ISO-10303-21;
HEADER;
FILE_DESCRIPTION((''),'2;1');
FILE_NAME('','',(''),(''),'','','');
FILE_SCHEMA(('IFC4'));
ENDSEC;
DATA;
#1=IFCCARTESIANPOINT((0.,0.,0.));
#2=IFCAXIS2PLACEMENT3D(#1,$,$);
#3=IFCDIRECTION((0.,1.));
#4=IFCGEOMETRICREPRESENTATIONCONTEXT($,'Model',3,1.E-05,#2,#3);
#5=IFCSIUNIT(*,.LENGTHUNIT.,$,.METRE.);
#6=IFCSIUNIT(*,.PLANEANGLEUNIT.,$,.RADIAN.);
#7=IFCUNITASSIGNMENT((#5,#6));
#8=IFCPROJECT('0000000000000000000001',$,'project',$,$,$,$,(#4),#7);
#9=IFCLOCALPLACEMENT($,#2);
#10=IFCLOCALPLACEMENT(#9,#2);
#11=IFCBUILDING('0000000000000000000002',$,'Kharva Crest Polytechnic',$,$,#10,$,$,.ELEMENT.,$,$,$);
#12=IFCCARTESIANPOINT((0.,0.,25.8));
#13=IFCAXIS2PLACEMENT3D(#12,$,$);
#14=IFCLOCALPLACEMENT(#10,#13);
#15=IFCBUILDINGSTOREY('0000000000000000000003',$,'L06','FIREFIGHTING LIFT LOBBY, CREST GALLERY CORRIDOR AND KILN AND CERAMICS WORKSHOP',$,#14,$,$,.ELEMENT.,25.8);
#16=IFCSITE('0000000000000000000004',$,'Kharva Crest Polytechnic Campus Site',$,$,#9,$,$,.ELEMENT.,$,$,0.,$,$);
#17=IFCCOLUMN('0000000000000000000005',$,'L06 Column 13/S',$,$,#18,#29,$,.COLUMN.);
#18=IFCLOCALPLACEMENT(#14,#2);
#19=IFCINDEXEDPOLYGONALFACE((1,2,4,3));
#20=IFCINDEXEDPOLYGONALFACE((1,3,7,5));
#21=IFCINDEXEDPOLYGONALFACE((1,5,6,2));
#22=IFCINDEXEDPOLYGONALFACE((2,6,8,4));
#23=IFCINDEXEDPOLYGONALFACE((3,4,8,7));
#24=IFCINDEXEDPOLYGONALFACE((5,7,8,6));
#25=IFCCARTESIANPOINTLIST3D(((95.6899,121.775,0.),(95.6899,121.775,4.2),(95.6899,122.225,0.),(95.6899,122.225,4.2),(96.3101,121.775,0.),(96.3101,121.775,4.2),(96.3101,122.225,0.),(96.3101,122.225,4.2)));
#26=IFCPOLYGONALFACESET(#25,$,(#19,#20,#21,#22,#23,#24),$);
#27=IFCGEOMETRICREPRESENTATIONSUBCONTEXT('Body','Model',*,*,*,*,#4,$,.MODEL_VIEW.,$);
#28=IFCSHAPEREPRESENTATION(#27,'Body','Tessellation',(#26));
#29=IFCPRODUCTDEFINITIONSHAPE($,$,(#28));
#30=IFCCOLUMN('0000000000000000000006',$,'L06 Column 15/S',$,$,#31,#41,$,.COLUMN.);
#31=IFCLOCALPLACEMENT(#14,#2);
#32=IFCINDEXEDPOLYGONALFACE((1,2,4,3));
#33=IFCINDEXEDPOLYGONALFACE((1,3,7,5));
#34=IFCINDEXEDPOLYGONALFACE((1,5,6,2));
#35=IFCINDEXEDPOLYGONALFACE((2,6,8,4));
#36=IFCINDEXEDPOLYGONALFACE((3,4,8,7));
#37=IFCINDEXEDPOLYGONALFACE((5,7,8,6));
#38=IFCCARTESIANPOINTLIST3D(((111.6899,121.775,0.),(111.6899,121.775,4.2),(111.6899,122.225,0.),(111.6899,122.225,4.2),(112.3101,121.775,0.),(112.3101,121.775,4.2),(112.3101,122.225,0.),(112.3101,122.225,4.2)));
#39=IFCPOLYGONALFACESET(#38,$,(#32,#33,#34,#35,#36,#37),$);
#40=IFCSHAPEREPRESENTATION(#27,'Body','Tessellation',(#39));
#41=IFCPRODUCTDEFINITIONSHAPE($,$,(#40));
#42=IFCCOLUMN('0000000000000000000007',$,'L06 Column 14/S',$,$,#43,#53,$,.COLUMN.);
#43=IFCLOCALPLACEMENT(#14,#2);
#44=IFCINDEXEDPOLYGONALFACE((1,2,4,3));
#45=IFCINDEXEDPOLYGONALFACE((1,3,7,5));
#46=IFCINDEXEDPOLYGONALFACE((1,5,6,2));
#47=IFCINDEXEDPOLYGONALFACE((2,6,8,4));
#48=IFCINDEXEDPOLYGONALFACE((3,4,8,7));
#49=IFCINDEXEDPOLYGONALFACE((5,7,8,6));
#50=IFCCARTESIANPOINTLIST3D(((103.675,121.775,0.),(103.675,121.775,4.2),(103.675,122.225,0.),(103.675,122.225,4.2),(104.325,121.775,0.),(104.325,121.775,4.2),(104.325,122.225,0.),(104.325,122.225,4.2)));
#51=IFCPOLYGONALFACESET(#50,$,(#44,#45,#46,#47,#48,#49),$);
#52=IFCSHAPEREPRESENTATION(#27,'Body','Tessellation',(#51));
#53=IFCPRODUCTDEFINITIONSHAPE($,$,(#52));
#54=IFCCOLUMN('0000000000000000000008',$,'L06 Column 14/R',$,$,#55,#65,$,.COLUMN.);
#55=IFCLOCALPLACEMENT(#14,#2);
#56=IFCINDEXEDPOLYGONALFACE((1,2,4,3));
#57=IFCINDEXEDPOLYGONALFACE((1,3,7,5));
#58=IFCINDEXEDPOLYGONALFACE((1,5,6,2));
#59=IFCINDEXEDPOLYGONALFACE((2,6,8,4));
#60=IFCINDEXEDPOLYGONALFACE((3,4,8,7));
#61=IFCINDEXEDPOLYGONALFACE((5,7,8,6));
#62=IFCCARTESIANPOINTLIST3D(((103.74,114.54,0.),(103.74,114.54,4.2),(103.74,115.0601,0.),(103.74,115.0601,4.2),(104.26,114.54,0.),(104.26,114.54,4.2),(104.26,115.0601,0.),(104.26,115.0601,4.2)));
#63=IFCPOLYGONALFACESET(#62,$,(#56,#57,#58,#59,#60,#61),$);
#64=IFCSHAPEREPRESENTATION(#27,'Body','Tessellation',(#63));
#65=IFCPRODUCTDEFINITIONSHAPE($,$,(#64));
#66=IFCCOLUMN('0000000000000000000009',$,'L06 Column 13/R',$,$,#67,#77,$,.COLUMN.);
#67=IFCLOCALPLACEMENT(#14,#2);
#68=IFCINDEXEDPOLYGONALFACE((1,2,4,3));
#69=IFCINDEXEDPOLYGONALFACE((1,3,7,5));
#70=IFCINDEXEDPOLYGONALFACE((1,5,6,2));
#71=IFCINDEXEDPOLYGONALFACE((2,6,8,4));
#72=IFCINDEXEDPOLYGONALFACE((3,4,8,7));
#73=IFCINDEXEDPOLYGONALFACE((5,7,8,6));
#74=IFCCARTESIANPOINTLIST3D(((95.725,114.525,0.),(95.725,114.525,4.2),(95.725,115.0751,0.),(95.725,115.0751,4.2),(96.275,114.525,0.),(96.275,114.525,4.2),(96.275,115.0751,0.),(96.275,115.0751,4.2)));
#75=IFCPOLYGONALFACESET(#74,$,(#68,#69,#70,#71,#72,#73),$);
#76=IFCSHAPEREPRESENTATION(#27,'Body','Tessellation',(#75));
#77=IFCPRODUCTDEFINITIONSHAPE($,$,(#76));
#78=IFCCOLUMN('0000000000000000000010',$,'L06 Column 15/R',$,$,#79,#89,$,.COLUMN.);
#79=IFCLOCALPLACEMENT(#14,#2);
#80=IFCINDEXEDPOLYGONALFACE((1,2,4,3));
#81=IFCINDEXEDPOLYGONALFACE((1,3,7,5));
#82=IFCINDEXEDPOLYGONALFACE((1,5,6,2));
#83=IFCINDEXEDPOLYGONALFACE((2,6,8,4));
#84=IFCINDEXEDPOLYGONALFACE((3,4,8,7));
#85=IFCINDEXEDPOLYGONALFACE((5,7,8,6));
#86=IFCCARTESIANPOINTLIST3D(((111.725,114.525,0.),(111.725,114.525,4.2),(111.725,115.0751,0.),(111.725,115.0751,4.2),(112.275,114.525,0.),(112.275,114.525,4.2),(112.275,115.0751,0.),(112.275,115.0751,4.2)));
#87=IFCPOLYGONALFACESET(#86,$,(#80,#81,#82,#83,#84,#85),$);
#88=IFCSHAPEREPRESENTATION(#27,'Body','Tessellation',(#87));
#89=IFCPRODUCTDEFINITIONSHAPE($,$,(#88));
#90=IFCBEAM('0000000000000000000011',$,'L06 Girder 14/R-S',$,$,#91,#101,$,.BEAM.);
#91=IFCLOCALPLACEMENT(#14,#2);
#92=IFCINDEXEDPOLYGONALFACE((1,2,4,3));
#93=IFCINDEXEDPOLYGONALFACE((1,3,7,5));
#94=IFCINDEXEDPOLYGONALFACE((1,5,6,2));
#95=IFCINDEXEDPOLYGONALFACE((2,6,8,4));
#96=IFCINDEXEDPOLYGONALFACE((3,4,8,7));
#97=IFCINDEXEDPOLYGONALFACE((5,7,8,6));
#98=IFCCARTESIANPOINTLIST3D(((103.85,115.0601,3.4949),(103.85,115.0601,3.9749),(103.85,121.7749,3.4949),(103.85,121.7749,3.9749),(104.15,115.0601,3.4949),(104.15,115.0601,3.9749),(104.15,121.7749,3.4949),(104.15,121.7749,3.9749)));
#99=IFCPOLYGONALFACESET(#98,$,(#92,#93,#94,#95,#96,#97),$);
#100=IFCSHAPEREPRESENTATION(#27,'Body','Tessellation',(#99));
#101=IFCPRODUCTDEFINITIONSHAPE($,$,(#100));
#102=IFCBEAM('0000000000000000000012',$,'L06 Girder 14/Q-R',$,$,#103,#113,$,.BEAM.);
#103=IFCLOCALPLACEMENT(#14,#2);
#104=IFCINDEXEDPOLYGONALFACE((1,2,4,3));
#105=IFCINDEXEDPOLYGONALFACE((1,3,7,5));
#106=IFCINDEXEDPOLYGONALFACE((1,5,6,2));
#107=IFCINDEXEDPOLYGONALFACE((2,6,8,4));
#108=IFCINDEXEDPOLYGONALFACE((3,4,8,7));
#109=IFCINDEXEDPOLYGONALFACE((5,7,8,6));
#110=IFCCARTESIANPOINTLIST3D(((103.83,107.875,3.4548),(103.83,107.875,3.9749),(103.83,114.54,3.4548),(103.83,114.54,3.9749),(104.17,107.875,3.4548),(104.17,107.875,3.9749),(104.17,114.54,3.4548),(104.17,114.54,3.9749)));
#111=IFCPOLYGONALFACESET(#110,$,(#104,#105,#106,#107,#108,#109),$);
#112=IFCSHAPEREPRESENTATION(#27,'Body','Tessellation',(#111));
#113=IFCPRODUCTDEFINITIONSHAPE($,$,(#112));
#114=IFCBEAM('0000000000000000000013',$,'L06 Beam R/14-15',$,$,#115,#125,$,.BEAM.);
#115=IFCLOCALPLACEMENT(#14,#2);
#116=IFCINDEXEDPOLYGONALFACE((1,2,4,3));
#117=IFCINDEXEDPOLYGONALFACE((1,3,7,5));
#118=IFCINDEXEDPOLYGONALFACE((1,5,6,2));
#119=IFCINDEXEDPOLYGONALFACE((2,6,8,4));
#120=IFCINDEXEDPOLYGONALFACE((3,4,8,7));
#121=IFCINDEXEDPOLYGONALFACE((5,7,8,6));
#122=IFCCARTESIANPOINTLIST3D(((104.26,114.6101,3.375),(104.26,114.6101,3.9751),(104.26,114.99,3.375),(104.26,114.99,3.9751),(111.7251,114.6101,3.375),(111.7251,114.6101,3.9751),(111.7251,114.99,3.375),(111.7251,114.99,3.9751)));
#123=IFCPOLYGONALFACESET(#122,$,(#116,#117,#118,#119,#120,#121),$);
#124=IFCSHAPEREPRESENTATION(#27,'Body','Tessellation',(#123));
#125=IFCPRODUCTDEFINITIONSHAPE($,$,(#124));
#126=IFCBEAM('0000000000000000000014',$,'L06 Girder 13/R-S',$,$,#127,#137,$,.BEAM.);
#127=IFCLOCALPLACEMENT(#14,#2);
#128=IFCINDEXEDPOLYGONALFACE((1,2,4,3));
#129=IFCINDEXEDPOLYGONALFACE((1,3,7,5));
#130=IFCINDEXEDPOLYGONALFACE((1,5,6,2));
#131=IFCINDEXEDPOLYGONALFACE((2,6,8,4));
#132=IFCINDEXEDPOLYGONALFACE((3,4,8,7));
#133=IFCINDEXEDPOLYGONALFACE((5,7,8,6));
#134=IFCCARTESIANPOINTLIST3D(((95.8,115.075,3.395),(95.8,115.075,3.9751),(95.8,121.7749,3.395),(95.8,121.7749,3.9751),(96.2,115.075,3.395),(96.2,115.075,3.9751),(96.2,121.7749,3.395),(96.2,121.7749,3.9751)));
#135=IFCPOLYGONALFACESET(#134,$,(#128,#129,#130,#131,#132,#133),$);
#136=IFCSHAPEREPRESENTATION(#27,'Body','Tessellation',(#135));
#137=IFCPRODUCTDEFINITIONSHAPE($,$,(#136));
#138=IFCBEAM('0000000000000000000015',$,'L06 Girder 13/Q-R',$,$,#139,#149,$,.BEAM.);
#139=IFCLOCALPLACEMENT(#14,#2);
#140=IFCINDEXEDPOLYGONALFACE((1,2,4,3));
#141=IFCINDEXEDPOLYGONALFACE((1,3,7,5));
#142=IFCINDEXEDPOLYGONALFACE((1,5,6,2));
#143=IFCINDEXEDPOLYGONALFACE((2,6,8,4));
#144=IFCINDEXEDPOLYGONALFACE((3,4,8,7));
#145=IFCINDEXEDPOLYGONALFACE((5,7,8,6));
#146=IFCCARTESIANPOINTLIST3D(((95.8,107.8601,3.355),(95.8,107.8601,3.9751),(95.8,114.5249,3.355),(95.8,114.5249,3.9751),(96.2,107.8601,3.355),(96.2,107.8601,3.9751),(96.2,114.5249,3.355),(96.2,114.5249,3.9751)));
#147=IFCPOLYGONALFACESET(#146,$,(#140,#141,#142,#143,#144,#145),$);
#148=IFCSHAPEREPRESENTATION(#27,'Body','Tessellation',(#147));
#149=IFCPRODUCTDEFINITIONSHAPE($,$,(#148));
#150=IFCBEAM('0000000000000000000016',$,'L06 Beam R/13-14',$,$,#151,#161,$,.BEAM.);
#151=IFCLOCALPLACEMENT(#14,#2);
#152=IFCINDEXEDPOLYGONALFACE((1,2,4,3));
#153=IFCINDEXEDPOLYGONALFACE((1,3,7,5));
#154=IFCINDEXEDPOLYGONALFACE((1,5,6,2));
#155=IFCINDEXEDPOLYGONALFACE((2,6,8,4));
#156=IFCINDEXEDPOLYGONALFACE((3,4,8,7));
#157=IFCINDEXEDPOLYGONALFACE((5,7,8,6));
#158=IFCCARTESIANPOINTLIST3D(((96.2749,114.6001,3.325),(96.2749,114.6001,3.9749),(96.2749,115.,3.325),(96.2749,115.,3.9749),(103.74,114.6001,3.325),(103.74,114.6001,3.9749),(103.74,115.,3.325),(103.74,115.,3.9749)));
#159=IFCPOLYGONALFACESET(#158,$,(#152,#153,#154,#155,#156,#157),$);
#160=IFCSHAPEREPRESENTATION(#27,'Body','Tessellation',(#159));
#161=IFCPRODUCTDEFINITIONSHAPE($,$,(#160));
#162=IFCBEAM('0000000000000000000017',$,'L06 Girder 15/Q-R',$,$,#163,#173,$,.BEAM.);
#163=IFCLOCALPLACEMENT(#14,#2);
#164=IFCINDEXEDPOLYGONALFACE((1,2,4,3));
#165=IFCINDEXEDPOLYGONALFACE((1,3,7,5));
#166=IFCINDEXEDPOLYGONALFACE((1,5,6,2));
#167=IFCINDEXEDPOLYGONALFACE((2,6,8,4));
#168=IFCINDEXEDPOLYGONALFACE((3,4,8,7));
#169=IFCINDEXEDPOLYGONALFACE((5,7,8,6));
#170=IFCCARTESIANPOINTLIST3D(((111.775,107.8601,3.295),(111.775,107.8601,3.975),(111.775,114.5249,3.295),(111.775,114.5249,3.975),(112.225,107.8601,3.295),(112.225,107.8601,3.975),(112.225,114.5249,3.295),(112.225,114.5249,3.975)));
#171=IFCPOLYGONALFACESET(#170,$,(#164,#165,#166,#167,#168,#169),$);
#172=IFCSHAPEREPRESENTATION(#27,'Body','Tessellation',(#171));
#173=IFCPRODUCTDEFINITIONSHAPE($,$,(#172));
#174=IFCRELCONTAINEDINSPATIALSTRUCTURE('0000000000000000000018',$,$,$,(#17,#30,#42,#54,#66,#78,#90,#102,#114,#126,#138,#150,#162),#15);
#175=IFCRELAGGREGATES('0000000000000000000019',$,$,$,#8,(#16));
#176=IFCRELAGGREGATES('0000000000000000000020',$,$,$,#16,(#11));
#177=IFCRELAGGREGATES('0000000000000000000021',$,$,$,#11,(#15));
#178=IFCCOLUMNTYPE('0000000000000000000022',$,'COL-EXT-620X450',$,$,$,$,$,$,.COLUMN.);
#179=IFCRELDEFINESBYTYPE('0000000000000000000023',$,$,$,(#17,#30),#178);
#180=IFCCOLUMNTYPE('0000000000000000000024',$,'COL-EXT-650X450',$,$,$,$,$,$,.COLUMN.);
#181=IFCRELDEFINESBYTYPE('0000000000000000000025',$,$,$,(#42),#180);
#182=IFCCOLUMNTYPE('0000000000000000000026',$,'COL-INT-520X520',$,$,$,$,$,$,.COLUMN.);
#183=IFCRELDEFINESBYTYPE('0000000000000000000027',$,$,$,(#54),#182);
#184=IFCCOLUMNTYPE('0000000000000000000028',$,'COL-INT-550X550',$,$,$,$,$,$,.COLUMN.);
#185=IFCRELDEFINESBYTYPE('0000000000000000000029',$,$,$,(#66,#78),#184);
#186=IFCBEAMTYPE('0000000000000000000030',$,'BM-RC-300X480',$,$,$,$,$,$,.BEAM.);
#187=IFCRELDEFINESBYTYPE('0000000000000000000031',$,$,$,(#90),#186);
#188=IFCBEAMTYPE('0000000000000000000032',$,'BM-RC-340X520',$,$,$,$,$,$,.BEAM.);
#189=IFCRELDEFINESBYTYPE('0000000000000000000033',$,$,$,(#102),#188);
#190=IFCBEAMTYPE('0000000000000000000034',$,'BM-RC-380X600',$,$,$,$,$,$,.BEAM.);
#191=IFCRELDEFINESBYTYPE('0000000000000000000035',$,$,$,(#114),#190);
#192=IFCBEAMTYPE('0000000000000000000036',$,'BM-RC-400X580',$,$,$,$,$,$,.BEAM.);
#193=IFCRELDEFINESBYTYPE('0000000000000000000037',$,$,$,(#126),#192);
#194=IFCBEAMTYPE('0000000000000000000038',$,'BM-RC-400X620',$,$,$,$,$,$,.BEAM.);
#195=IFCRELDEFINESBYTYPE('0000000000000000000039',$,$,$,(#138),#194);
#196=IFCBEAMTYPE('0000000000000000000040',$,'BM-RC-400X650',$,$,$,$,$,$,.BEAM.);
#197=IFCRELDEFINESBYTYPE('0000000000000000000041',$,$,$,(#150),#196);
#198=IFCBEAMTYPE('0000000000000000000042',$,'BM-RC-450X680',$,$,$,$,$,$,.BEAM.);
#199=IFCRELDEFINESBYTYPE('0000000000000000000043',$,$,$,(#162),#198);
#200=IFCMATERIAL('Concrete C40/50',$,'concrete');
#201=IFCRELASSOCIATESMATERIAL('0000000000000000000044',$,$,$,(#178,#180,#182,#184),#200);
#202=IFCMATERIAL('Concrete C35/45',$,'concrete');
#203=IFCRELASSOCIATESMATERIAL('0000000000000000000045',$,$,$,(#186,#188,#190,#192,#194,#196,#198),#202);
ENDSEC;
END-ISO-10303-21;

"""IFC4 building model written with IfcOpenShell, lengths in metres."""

from ifc_helpers import new_model, si_unit, direction, frame, origin, origin_2d, place, context, subcontext, project, spatial, rectangle, extrude, material, material_profile, profile_set, type_object, element, save


model = new_model("IFC4")

# Units and contexts
model_context = context("Model", 3, precision=1e-05, world=origin(), true_north=direction((0.0, 1.0)))
body_context = subcontext(model_context, "Body", "Model", "MODEL_VIEW")
ifc_project = project(units=[si_unit("LENGTHUNIT", "METRE"), si_unit("PLANEANGLEUNIT", "RADIAN")], contexts=[model_context])

# Site, building, storey
site_placement = place(None, origin())
site = spatial("IfcSite", under=ifc_project, at=site_placement, Name="Kharva Crest Polytechnic Campus Site", CompositionType="ELEMENT", RefElevation=0.0)
building_placement = place(site_placement, origin())
building = spatial("IfcBuilding", under=site, at=building_placement, Name="Kharva Crest Polytechnic", CompositionType="ELEMENT")
storey_placement = place(building_placement, frame((0.0, 0.0, 25.8)))
storey = spatial("IfcBuildingStorey", under=building, at=storey_placement, Name="L06", Description="FIREFIGHTING LIFT LOBBY, CREST GALLERY CORRIDOR AND KILN AND CERAMICS WORKSHOP", CompositionType="ELEMENT", Elevation=25.8)

# Columns
ifc_material_1 = material(Name="Concrete C40/50", Category="concrete")
ifc_material_profile_1 = material_profile(ifc_material_1, rectangle(XDim=0.6201, YDim=0.45, at=origin_2d()), Name="RECT 620 X 450")
ifc_profile_set_1 = profile_set([ifc_material_profile_1], Name="Concrete C40/50")
column_type_1 = type_object("IfcColumnType", Name="COL-EXT-620X450", PredefinedType="COLUMN", material=ifc_profile_set_1)
for number, where, z_axis, x_axis, name in (
    (1, (96.0, 122.0, 0.0), (0.0, 0.0, 1.0), (1.0, 0.0, 0.0), "L06 Column 13/S"),
    (2, (112.0, 122.0, 0.0), (0.0, 0.0, 1.0), (1.0, 0.0, 0.0), "L06 Column 15/S"),
):
    element("IfcColumn", number, at=place(storey_placement, frame(where, z_axis=z_axis, x_axis=x_axis)), inside=storey, type_object=column_type_1, Name=name, PredefinedType="COLUMN", context=body_context, shape_type="SweptSolid", body=[
        extrude(rectangle(XDim=0.6201, YDim=0.45, at=origin_2d()), origin(), (0.0, 0.0, 1.0), 4.2),
    ])
ifc_material_profile_2 = material_profile(ifc_material_1, rectangle(XDim=0.6499, YDim=0.45, at=origin_2d()), Name="RECT 650 X 450")
ifc_profile_set_2 = profile_set([ifc_material_profile_2], Name="Concrete C40/50")
column_type_2 = type_object("IfcColumnType", Name="COL-EXT-650X450", PredefinedType="COLUMN", material=ifc_profile_set_2)
column_1_placement = place(storey_placement, frame((104.0, 122.0, 0.0), z_axis=(0.0, 0.0, 1.0), x_axis=(1.0, 0.0, 0.0)))
element("IfcColumn", 3, at=column_1_placement, inside=storey, type_object=column_type_2, Name="L06 Column 14/S", PredefinedType="COLUMN", context=body_context, shape_type="SweptSolid", body=[
    extrude(rectangle(XDim=0.6499, YDim=0.45, at=origin_2d()), origin(), (0.0, 0.0, 1.0), 4.2),
])
ifc_material_profile_3 = material_profile(ifc_material_1, rectangle(XDim=0.52, YDim=0.52, at=origin_2d()), Name="RECT 520 X 520")
ifc_profile_set_3 = profile_set([ifc_material_profile_3], Name="Concrete C40/50")
column_type_3 = type_object("IfcColumnType", Name="COL-INT-520X520", PredefinedType="COLUMN", material=ifc_profile_set_3)
column_2_placement = place(storey_placement, frame((104.0, 114.8, 0.0), z_axis=(0.0, 0.0, 1.0), x_axis=(1.0, 0.0, 0.0)))
element("IfcColumn", 4, at=column_2_placement, inside=storey, type_object=column_type_3, Name="L06 Column 14/R", PredefinedType="COLUMN", context=body_context, shape_type="SweptSolid", body=[
    extrude(rectangle(XDim=0.52, YDim=0.52, at=origin_2d()), origin(), (0.0, 0.0, 1.0), 4.2),
])
ifc_material_profile_4 = material_profile(ifc_material_1, rectangle(XDim=0.55, YDim=0.55, at=origin_2d()), Name="RECT 550 X 550")
ifc_profile_set_4 = profile_set([ifc_material_profile_4], Name="Concrete C40/50")
column_type_4 = type_object("IfcColumnType", Name="COL-INT-550X550", PredefinedType="COLUMN", material=ifc_profile_set_4)
for number, where, z_axis, x_axis, name in (
    (5, (96.0, 114.8, 0.0), (0.0, 0.0, 1.0), (1.0, 0.0, 0.0), "L06 Column 13/R"),
    (6, (112.0, 114.8, 0.0), (0.0, 0.0, 1.0), (1.0, 0.0, 0.0), "L06 Column 15/R"),
):
    element("IfcColumn", number, at=place(storey_placement, frame(where, z_axis=z_axis, x_axis=x_axis)), inside=storey, type_object=column_type_4, Name=name, PredefinedType="COLUMN", context=body_context, shape_type="SweptSolid", body=[
        extrude(rectangle(XDim=0.55, YDim=0.55, at=origin_2d()), origin(), (0.0, 0.0, 1.0), 4.2),
    ])

# Beams
ifc_material_2 = material(Name="Concrete C35/45", Category="concrete")
ifc_material_profile_5 = material_profile(ifc_material_2, rectangle(XDim=0.3, YDim=0.48, at=origin_2d()), Name="RECT 300 X 480")
ifc_profile_set_5 = profile_set([ifc_material_profile_5], Name="Concrete C35/45")
beam_type_1 = type_object("IfcBeamType", Name="BM-RC-300X480", PredefinedType="BEAM", material=ifc_profile_set_5)
beam_1_placement = place(storey_placement, frame((104.0, 115.0601, 3.7349), z_axis=(0.0, 1.0, 0.0), x_axis=(-1.0, 0.0, 0.0)))
element("IfcBeam", 7, at=beam_1_placement, inside=storey, type_object=beam_type_1, Name="L06 Girder 14/R-S", PredefinedType="BEAM", context=body_context, shape_type="SweptSolid", body=[
    extrude(rectangle(XDim=0.3, YDim=0.48, at=origin_2d()), origin(), (0.0, 0.0, 1.0), 6.7148),
])
ifc_material_profile_6 = material_profile(ifc_material_2, rectangle(XDim=0.3401, YDim=0.52, at=origin_2d()), Name="RECT 340 X 520")
ifc_profile_set_6 = profile_set([ifc_material_profile_6], Name="Concrete C35/45")
beam_type_2 = type_object("IfcBeamType", Name="BM-RC-340X520", PredefinedType="BEAM", material=ifc_profile_set_6)
beam_2_placement = place(storey_placement, frame((104.0, 107.875, 3.7148), z_axis=(0.0, 1.0, 0.0), x_axis=(-1.0, 0.0, 0.0)))
element("IfcBeam", 8, at=beam_2_placement, inside=storey, type_object=beam_type_2, Name="L06 Girder 14/Q-R", PredefinedType="BEAM", context=body_context, shape_type="SweptSolid", body=[
    extrude(rectangle(XDim=0.3401, YDim=0.52, at=origin_2d()), origin(), (0.0, 0.0, 1.0), 6.665),
])
ifc_material_profile_7 = material_profile(ifc_material_2, rectangle(XDim=0.3799, YDim=0.6001, at=origin_2d()), Name="RECT 380 X 600")
ifc_profile_set_7 = profile_set([ifc_material_profile_7], Name="Concrete C35/45")
beam_type_3 = type_object("IfcBeamType", Name="BM-RC-380X600", PredefinedType="BEAM", material=ifc_profile_set_7)
beam_3_placement = place(storey_placement, frame((104.26, 114.8, 3.675), z_axis=(1.0, 0.0, 0.0), x_axis=(0.0, 1.0, 0.0)))
element("IfcBeam", 9, at=beam_3_placement, inside=storey, type_object=beam_type_3, Name="L06 Beam R/14-15", PredefinedType="BEAM", context=body_context, shape_type="SweptSolid", body=[
    extrude(rectangle(XDim=0.3799, YDim=0.6001, at=origin_2d()), origin(), (0.0, 0.0, 1.0), 7.4651),
])
ifc_material_profile_8 = material_profile(ifc_material_2, rectangle(XDim=0.3999, YDim=0.5801, at=origin_2d()), Name="RECT 400 X 580")
ifc_profile_set_8 = profile_set([ifc_material_profile_8], Name="Concrete C35/45")
beam_type_4 = type_object("IfcBeamType", Name="BM-RC-400X580", PredefinedType="BEAM", material=ifc_profile_set_8)
beam_4_placement = place(storey_placement, frame((96.0, 115.075, 3.6851), z_axis=(0.0, 1.0, 0.0), x_axis=(-1.0, 0.0, 0.0)))
element("IfcBeam", 10, at=beam_4_placement, inside=storey, type_object=beam_type_4, Name="L06 Girder 13/R-S", PredefinedType="BEAM", context=body_context, shape_type="SweptSolid", body=[
    extrude(rectangle(XDim=0.3999, YDim=0.5801, at=origin_2d()), origin(), (0.0, 0.0, 1.0), 6.7),
])
ifc_material_profile_9 = material_profile(ifc_material_2, rectangle(XDim=0.3999, YDim=0.6201, at=origin_2d()), Name="RECT 400 X 620")
ifc_profile_set_9 = profile_set([ifc_material_profile_9], Name="Concrete C35/45")
beam_type_5 = type_object("IfcBeamType", Name="BM-RC-400X620", PredefinedType="BEAM", material=ifc_profile_set_9)
beam_5_placement = place(storey_placement, frame((96.0, 107.8601, 3.665), z_axis=(0.0, 1.0, 0.0), x_axis=(-1.0, 0.0, 0.0)))
element("IfcBeam", 11, at=beam_5_placement, inside=storey, type_object=beam_type_5, Name="L06 Girder 13/Q-R", PredefinedType="BEAM", context=body_context, shape_type="SweptSolid", body=[
    extrude(rectangle(XDim=0.3999, YDim=0.6201, at=origin_2d()), origin(), (0.0, 0.0, 1.0), 6.6648),
])
ifc_material_profile_10 = material_profile(ifc_material_2, rectangle(XDim=0.3999, YDim=0.6499, at=origin_2d()), Name="RECT 400 X 650")
ifc_profile_set_10 = profile_set([ifc_material_profile_10], Name="Concrete C35/45")
beam_type_6 = type_object("IfcBeamType", Name="BM-RC-400X650", PredefinedType="BEAM", material=ifc_profile_set_10)
beam_6_placement = place(storey_placement, frame((96.2749, 114.8, 3.6499), z_axis=(1.0, 0.0, 0.0), x_axis=(0.0, 1.0, 0.0)))
element("IfcBeam", 12, at=beam_6_placement, inside=storey, type_object=beam_type_6, Name="L06 Beam R/13-14", PredefinedType="BEAM", context=body_context, shape_type="SweptSolid", body=[
    extrude(rectangle(XDim=0.3999, YDim=0.6499, at=origin_2d()), origin(), (0.0, 0.0, 1.0), 7.4651),
])
ifc_material_profile_11 = material_profile(ifc_material_2, rectangle(XDim=0.45, YDim=0.6799, at=origin_2d()), Name="RECT 450 X 680")
ifc_profile_set_11 = profile_set([ifc_material_profile_11], Name="Concrete C35/45")
beam_type_7 = type_object("IfcBeamType", Name="BM-RC-450X680", PredefinedType="BEAM", material=ifc_profile_set_11)
beam_7_placement = place(storey_placement, frame((112.0, 107.8601, 3.635), z_axis=(0.0, 1.0, 0.0), x_axis=(-1.0, 0.0, 0.0)))
element("IfcBeam", 13, at=beam_7_placement, inside=storey, type_object=beam_type_7, Name="L06 Girder 15/Q-R", PredefinedType="BEAM", context=body_context, shape_type="SweptSolid", body=[
    extrude(rectangle(XDim=0.45, YDim=0.6799, at=origin_2d()), origin(), (0.0, 0.0, 1.0), 6.6648),
])

save(model, "model.ifc")
